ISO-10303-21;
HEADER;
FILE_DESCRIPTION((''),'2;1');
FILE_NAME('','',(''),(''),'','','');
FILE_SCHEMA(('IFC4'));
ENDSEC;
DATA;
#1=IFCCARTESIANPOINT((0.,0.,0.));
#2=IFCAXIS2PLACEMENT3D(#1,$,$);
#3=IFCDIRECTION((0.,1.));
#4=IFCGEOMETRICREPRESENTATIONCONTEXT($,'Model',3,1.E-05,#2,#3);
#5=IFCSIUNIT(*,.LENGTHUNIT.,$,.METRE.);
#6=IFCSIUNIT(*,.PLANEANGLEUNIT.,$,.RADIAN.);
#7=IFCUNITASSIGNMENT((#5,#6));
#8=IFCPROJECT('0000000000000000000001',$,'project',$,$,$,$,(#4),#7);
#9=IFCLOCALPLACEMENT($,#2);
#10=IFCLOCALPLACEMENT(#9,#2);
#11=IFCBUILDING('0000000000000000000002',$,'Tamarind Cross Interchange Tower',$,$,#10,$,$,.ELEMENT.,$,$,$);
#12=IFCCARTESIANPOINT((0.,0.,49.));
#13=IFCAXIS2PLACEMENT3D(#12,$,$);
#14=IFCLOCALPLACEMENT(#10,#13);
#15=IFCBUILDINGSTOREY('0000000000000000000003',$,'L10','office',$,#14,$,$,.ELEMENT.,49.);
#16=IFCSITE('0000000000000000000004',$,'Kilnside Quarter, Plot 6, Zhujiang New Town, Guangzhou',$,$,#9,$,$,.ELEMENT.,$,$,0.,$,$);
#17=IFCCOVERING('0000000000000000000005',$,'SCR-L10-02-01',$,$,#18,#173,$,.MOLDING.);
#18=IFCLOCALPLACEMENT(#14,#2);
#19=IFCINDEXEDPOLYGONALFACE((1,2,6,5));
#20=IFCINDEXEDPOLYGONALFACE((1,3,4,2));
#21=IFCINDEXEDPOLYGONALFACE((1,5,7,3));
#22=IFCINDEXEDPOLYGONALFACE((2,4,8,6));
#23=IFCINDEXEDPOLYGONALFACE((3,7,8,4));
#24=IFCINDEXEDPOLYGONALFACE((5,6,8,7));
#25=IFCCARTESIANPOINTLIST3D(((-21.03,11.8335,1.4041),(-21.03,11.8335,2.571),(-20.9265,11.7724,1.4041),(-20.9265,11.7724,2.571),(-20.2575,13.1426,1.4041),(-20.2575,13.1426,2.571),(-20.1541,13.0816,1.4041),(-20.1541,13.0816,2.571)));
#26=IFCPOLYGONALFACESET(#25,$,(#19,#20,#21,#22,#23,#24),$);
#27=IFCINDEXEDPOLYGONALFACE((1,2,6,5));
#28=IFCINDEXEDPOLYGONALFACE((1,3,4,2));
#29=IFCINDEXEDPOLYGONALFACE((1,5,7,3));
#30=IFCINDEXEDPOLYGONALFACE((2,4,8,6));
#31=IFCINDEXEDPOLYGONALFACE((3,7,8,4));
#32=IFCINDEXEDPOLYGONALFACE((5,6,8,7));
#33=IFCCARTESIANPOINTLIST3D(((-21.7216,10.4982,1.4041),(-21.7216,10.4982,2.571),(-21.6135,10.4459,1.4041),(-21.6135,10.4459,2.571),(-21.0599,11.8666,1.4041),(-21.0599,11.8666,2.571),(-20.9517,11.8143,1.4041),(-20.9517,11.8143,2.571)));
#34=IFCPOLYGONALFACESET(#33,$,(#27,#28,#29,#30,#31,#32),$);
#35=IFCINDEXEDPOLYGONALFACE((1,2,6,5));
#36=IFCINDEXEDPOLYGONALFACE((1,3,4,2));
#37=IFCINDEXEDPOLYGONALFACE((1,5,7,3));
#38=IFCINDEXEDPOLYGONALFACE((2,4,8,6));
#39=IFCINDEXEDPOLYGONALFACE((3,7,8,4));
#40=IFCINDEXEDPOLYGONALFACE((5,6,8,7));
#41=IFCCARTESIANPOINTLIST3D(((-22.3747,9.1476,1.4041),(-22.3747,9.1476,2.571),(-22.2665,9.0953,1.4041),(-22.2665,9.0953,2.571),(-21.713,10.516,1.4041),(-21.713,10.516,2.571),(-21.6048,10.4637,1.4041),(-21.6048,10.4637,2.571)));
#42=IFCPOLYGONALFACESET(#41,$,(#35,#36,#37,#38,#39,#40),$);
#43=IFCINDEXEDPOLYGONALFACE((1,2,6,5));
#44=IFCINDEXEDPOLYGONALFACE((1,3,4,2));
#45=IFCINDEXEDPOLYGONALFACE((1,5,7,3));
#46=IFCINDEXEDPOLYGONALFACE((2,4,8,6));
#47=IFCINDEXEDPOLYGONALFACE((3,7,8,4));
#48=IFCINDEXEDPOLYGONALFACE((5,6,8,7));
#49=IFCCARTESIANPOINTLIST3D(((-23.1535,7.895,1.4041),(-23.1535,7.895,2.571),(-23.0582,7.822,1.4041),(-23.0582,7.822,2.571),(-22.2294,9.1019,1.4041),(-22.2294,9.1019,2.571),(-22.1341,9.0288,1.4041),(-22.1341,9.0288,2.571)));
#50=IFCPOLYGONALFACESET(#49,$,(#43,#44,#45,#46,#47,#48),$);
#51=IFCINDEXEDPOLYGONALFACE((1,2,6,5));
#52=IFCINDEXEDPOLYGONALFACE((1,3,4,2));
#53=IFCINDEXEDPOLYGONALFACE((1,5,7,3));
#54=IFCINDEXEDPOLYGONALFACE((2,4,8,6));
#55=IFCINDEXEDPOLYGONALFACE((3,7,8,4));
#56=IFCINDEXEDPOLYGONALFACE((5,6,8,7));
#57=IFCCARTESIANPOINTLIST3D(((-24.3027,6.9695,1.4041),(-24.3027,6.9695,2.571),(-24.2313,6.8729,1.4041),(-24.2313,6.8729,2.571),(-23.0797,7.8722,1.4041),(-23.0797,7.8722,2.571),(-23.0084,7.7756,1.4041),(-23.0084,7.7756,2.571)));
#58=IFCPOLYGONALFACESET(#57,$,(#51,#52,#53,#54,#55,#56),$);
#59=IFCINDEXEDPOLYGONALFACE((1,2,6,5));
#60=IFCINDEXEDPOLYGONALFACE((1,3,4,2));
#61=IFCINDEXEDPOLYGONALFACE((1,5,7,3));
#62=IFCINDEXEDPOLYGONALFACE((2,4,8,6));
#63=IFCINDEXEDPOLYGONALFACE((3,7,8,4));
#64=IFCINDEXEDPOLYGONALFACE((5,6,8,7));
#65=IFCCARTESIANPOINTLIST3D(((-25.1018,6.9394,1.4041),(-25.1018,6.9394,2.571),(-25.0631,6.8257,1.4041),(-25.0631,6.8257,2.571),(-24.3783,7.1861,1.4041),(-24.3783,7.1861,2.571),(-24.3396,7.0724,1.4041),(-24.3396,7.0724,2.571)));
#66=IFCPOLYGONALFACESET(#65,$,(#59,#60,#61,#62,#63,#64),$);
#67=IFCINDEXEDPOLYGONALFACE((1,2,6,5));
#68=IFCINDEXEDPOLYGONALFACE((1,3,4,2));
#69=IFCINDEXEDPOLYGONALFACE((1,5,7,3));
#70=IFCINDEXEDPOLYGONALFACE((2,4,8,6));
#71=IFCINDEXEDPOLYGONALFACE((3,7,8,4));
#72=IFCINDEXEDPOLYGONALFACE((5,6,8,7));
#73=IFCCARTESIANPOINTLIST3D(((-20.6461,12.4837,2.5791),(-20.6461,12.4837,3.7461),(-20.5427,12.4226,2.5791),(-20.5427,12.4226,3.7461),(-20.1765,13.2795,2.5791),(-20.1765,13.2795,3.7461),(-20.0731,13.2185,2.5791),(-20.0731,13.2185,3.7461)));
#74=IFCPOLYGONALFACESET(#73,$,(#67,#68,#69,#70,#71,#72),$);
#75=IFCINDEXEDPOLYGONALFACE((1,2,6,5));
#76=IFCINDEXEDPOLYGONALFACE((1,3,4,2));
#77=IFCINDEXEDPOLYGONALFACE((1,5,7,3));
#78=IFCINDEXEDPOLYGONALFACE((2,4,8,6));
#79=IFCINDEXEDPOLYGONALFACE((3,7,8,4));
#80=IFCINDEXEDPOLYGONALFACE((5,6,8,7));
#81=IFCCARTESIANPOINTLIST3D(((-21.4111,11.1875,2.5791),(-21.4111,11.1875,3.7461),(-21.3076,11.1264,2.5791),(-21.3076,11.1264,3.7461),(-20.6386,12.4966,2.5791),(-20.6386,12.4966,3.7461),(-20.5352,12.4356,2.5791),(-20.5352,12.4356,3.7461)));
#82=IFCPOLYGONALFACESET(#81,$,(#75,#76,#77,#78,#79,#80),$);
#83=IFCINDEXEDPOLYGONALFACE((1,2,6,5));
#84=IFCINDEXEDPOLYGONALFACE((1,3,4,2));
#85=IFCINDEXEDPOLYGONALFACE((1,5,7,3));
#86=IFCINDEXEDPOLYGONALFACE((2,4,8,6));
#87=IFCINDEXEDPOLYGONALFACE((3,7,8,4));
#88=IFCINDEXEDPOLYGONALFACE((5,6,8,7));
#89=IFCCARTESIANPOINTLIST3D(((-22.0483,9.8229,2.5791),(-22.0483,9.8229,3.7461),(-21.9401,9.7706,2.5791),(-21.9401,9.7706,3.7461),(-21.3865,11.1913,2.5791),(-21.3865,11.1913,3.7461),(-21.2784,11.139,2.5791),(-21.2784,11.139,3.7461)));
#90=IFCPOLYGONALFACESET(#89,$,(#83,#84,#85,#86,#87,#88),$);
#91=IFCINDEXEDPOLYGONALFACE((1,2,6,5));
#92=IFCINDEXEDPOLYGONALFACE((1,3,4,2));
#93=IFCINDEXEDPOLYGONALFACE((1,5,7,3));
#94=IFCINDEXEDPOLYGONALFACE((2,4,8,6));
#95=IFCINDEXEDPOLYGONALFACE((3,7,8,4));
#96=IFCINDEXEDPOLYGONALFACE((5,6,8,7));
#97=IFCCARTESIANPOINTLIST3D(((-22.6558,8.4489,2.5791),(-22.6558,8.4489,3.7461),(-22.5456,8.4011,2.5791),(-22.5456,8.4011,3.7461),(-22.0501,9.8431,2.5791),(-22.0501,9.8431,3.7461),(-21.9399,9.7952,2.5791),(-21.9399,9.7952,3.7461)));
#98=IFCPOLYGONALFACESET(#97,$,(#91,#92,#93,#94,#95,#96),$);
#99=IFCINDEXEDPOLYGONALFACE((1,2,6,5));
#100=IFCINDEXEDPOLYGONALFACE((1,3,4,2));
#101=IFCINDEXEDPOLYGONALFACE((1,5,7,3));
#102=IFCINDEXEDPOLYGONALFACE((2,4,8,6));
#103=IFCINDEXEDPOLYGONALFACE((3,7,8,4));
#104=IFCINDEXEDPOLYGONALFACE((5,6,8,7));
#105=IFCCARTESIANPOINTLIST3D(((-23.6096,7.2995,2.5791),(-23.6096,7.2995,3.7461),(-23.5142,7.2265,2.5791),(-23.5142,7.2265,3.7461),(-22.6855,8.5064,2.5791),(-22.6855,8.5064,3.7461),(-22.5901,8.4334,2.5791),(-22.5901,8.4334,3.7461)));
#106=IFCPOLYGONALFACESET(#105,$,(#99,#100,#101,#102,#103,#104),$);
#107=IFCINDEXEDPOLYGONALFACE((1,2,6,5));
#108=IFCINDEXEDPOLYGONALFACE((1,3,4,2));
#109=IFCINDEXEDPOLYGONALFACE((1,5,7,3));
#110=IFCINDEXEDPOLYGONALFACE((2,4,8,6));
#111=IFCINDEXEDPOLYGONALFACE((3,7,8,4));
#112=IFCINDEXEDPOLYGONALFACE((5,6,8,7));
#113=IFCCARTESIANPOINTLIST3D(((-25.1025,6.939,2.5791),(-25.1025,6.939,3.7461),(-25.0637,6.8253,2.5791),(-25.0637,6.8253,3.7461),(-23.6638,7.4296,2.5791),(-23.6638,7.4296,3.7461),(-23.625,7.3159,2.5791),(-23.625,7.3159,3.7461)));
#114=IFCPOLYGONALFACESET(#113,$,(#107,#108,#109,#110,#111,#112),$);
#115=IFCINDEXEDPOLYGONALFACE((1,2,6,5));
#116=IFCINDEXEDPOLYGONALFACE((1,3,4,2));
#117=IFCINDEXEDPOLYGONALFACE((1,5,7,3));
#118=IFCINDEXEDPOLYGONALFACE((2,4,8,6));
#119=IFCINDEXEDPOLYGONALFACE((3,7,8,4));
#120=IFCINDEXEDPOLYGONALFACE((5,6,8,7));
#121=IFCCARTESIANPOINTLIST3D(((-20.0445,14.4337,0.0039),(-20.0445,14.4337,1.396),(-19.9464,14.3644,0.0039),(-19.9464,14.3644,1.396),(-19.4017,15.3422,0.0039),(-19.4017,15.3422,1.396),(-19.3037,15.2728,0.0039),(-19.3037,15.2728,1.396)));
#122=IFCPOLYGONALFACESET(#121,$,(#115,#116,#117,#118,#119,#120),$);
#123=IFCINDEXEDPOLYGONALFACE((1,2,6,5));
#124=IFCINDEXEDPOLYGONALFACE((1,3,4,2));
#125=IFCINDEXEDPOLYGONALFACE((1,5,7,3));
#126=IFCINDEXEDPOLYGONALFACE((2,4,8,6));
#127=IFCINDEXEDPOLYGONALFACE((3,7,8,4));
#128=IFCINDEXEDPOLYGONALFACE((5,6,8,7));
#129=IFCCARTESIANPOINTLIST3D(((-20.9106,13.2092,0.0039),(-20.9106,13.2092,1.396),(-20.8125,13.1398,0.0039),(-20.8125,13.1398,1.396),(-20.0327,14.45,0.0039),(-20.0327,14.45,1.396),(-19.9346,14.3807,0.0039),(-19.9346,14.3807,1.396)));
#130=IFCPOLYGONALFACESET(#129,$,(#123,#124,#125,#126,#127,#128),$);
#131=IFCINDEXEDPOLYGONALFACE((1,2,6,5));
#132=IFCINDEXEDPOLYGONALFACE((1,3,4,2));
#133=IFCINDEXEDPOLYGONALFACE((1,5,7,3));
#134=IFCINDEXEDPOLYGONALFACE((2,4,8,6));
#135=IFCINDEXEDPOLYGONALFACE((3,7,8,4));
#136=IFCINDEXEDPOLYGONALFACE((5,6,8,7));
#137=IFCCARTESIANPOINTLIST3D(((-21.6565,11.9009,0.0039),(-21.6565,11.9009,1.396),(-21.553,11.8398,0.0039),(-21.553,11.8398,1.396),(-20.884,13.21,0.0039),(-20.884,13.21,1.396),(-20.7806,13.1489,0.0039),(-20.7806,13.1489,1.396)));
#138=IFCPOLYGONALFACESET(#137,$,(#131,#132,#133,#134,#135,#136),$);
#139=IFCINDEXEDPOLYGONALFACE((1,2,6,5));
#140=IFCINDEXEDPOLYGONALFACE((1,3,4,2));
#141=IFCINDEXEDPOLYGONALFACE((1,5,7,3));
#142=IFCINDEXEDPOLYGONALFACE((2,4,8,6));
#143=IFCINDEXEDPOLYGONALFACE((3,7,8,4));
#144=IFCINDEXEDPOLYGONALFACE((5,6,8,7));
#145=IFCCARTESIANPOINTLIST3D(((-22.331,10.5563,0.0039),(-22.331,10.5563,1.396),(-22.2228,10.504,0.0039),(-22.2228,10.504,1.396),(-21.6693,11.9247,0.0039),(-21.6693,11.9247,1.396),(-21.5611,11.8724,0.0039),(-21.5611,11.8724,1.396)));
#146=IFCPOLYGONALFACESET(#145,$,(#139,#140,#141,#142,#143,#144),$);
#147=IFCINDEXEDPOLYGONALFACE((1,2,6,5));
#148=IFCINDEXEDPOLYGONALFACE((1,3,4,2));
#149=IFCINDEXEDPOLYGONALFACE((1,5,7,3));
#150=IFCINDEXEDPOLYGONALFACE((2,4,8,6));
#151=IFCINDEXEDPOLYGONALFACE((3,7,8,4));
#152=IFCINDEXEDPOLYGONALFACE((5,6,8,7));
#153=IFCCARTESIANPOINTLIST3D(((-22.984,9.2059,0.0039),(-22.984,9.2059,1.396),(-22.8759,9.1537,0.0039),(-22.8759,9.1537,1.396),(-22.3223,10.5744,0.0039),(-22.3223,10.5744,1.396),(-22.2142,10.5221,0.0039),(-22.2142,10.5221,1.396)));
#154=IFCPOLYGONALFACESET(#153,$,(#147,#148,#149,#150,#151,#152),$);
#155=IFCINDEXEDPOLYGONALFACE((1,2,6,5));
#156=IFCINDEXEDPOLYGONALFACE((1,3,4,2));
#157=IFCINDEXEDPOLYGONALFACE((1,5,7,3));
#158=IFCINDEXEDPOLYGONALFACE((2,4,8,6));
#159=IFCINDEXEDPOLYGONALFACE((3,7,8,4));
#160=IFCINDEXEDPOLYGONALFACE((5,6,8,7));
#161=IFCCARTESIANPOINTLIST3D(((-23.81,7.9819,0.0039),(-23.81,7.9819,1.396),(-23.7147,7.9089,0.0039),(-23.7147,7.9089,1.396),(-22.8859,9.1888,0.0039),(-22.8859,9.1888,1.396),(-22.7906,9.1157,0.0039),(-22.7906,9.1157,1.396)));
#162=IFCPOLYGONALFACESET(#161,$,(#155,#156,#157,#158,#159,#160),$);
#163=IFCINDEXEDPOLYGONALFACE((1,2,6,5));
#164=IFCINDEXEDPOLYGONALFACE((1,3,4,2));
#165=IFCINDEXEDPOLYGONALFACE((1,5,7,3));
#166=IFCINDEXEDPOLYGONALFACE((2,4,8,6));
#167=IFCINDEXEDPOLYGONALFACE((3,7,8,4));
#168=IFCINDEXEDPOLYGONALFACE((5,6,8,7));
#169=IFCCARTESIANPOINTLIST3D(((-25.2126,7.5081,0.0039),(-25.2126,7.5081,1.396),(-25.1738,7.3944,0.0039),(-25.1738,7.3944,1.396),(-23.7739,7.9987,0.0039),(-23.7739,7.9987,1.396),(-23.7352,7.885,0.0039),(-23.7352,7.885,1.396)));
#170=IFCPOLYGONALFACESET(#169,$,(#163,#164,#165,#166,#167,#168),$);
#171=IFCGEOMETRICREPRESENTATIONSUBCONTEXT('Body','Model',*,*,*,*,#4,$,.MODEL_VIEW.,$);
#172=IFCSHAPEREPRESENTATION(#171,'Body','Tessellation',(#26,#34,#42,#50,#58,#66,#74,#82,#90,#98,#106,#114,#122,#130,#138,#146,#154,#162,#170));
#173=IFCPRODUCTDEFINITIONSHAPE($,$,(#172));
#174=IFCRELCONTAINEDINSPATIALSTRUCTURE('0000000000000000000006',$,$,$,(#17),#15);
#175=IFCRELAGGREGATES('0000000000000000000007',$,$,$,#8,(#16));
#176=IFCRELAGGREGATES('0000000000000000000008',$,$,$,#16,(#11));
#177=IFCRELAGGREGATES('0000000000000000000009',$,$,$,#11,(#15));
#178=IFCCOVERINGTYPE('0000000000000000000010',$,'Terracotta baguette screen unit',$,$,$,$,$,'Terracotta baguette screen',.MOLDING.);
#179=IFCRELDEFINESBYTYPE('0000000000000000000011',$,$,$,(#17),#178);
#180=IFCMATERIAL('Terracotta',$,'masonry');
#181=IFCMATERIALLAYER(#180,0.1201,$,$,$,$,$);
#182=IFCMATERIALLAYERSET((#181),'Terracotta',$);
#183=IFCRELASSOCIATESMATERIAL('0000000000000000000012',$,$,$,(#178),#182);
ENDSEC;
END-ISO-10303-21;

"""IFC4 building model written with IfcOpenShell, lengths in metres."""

from ifc_helpers import new_model, si_unit, direction, frame, origin, origin_2d, place, context, subcontext, project, spatial, rectangle, extrude, material, layer, layer_set, type_object, element, save


model = new_model("IFC4")

# Units and contexts
model_context = context("Model", 3, precision=1e-05, world=origin(), true_north=direction((0.0, 1.0)))
body_context = subcontext(model_context, "Body", "Model", "MODEL_VIEW")
ifc_project = project(units=[si_unit("LENGTHUNIT", "METRE"), si_unit("PLANEANGLEUNIT", "RADIAN")], contexts=[model_context])

# Site, building, storey
site_placement = place(None, origin())
site = spatial("IfcSite", under=ifc_project, at=site_placement, Name="Kilnside Quarter, Plot 6, Zhujiang New Town, Guangzhou", CompositionType="ELEMENT", RefElevation=0.0)
building_placement = place(site_placement, origin())
building = spatial("IfcBuilding", under=site, at=building_placement, Name="Tamarind Cross Interchange Tower", CompositionType="ELEMENT")
storey_placement = place(building_placement, frame((0.0, 0.0, 49.0)))
storey = spatial("IfcBuildingStorey", under=building, at=storey_placement, Name="L10", Description="office", CompositionType="ELEMENT", Elevation=49.0)

# Covering
ifc_material_1 = material(Name="Terracotta", Category="masonry")
ifc_layer_1 = layer(ifc_material_1, 0.1201)
ifc_layer_set_1 = layer_set([ifc_layer_1], Name="Terracotta")
covering_type = type_object("IfcCoveringType", Name="Terracotta baguette screen unit", ElementType="Terracotta baguette screen", PredefinedType="MOLDING", material=ifc_layer_set_1)
covering_1_placement = place(storey_placement, origin())
element("IfcCovering", 1, at=covering_1_placement, inside=storey, type_object=covering_type, Name="SCR-L10-02-01", PredefinedType="MOLDING", context=body_context, shape_type="SweptSolid", body=[
    extrude(rectangle(XDim=1.52, YDim=0.1201, at=origin_2d()), frame((-20.592, 12.4575, 1.4041), z_axis=(0.0, 0.0, 1.0), x_axis=(-0.508183, -0.861249, 0.0)), (0.0, 0.0, 1.0), 1.167),
    extrude(rectangle(XDim=1.52, YDim=0.1201, at=origin_2d()), frame((-21.3367, 11.1562, 1.4041), z_axis=(0.0, 0.0, 1.0), x_axis=(-0.435326, -0.900273, 0.0)), (0.0, 0.0, 1.0), 1.167),
    extrude(rectangle(XDim=1.52, YDim=0.1201, at=origin_2d()), frame((-21.9897, 9.8057, 1.4041), z_axis=(0.0, 0.0, 1.0), x_axis=(-0.435326, -0.900273, 0.0)), (0.0, 0.0, 1.0), 1.167),
    extrude(rectangle(XDim=1.52, YDim=0.1201, at=origin_2d()), frame((-22.6438, 8.4619, 1.4041), z_axis=(0.0, 0.0, 1.0), x_axis=(-0.607959, -0.793969, 0.0)), (0.0, 0.0, 1.0), 1.167),
    extrude(rectangle(XDim=1.52, YDim=0.1201, at=origin_2d()), frame((-23.6555, 7.3726, 1.4041), z_axis=(0.0, 0.0, 1.0), x_axis=(-0.804565, -0.593864, 0.0)), (0.0, 0.0, 1.0), 1.167),
    extrude(rectangle(XDim=0.7644, YDim=0.1201, at=origin_2d()), frame((-24.7207, 7.0059, 1.4041), z_axis=(0.0, 0.0, 1.0), x_axis=(-0.946488, -0.322738, 0.0)), (0.0, 0.0, 1.0), 1.167),
    extrude(rectangle(XDim=0.9241, YDim=0.1201, at=origin_2d()), frame((-20.3596, 12.8511, 2.5791), z_axis=(0.0, 0.0, 1.0), x_axis=(-0.508183, -0.861249, 0.0)), (0.0, 0.0, 1.0), 1.167),
    extrude(rectangle(XDim=1.52, YDim=0.1201, at=origin_2d()), frame((-20.9731, 11.8115, 2.5791), z_axis=(0.0, 0.0, 1.0), x_axis=(-0.508183, -0.861249, 0.0)), (0.0, 0.0, 1.0), 1.167),
    extrude(rectangle(XDim=1.52, YDim=0.1201, at=origin_2d()), frame((-21.6633, 10.481, 2.5791), z_axis=(0.0, 0.0, 1.0), x_axis=(-0.435326, -0.900273, 0.0)), (0.0, 0.0, 1.0), 1.167),
    extrude(rectangle(XDim=1.52, YDim=0.1201, at=origin_2d()), frame((-22.2979, 9.1221, 2.5791), z_axis=(0.0, 0.0, 1.0), x_axis=(-0.398482, -0.917176, 0.0)), (0.0, 0.0, 1.0), 1.167),
    extrude(rectangle(XDim=1.52, YDim=0.1201, at=origin_2d()), frame((-23.0999, 7.8665, 2.5791), z_axis=(0.0, 0.0, 1.0), x_axis=(-0.607959, -0.793969, 0.0)), (0.0, 0.0, 1.0), 1.167),
    extrude(rectangle(XDim=1.52, YDim=0.1201, at=origin_2d()), frame((-24.3638, 7.1274, 2.5791), z_axis=(0.0, 0.0, 1.0), x_axis=(-0.946488, -0.322738, 0.0)), (0.0, 0.0, 1.0), 1.167),
    extrude(rectangle(XDim=1.1128, YDim=0.1201, at=origin_2d()), frame((-19.6741, 14.8533, 0.0039), z_axis=(0.0, 0.0, 1.0), x_axis=(-0.577569, -0.816342, 0.0)), (0.0, 0.0, 1.0), 1.3921),
    extrude(rectangle(XDim=1.52, YDim=0.1201, at=origin_2d()), frame((-20.4226, 13.7949, 0.0039), z_axis=(0.0, 0.0, 1.0), x_axis=(-0.577569, -0.816342, 0.0)), (0.0, 0.0, 1.0), 1.3921),
    extrude(rectangle(XDim=1.52, YDim=0.1201, at=origin_2d()), frame((-21.2185, 12.5249, 0.0039), z_axis=(0.0, 0.0, 1.0), x_axis=(-0.508183, -0.861249, 0.0)), (0.0, 0.0, 1.0), 1.3921),
    extrude(rectangle(XDim=1.52, YDim=0.1201, at=origin_2d()), frame((-21.946, 11.2144, 0.0039), z_axis=(0.0, 0.0, 1.0), x_axis=(-0.435326, -0.900273, 0.0)), (0.0, 0.0, 1.0), 1.3921),
    extrude(rectangle(XDim=1.52, YDim=0.1201, at=origin_2d()), frame((-22.5991, 9.864, 0.0039), z_axis=(0.0, 0.0, 1.0), x_axis=(-0.435326, -0.900273, 0.0)), (0.0, 0.0, 1.0), 1.3921),
    extrude(rectangle(XDim=1.52, YDim=0.1201, at=origin_2d()), frame((-23.3003, 8.5488, 0.0039), z_axis=(0.0, 0.0, 1.0), x_axis=(-0.607959, -0.793969, 0.0)), (0.0, 0.0, 1.0), 1.3921),
    extrude(rectangle(XDim=1.52, YDim=0.1201, at=origin_2d()), frame((-24.4739, 7.6965, 0.0039), z_axis=(0.0, 0.0, 1.0), x_axis=(-0.946488, -0.322738, 0.0)), (0.0, 0.0, 1.0), 1.3921),
])

save(model, "model.ifc")
